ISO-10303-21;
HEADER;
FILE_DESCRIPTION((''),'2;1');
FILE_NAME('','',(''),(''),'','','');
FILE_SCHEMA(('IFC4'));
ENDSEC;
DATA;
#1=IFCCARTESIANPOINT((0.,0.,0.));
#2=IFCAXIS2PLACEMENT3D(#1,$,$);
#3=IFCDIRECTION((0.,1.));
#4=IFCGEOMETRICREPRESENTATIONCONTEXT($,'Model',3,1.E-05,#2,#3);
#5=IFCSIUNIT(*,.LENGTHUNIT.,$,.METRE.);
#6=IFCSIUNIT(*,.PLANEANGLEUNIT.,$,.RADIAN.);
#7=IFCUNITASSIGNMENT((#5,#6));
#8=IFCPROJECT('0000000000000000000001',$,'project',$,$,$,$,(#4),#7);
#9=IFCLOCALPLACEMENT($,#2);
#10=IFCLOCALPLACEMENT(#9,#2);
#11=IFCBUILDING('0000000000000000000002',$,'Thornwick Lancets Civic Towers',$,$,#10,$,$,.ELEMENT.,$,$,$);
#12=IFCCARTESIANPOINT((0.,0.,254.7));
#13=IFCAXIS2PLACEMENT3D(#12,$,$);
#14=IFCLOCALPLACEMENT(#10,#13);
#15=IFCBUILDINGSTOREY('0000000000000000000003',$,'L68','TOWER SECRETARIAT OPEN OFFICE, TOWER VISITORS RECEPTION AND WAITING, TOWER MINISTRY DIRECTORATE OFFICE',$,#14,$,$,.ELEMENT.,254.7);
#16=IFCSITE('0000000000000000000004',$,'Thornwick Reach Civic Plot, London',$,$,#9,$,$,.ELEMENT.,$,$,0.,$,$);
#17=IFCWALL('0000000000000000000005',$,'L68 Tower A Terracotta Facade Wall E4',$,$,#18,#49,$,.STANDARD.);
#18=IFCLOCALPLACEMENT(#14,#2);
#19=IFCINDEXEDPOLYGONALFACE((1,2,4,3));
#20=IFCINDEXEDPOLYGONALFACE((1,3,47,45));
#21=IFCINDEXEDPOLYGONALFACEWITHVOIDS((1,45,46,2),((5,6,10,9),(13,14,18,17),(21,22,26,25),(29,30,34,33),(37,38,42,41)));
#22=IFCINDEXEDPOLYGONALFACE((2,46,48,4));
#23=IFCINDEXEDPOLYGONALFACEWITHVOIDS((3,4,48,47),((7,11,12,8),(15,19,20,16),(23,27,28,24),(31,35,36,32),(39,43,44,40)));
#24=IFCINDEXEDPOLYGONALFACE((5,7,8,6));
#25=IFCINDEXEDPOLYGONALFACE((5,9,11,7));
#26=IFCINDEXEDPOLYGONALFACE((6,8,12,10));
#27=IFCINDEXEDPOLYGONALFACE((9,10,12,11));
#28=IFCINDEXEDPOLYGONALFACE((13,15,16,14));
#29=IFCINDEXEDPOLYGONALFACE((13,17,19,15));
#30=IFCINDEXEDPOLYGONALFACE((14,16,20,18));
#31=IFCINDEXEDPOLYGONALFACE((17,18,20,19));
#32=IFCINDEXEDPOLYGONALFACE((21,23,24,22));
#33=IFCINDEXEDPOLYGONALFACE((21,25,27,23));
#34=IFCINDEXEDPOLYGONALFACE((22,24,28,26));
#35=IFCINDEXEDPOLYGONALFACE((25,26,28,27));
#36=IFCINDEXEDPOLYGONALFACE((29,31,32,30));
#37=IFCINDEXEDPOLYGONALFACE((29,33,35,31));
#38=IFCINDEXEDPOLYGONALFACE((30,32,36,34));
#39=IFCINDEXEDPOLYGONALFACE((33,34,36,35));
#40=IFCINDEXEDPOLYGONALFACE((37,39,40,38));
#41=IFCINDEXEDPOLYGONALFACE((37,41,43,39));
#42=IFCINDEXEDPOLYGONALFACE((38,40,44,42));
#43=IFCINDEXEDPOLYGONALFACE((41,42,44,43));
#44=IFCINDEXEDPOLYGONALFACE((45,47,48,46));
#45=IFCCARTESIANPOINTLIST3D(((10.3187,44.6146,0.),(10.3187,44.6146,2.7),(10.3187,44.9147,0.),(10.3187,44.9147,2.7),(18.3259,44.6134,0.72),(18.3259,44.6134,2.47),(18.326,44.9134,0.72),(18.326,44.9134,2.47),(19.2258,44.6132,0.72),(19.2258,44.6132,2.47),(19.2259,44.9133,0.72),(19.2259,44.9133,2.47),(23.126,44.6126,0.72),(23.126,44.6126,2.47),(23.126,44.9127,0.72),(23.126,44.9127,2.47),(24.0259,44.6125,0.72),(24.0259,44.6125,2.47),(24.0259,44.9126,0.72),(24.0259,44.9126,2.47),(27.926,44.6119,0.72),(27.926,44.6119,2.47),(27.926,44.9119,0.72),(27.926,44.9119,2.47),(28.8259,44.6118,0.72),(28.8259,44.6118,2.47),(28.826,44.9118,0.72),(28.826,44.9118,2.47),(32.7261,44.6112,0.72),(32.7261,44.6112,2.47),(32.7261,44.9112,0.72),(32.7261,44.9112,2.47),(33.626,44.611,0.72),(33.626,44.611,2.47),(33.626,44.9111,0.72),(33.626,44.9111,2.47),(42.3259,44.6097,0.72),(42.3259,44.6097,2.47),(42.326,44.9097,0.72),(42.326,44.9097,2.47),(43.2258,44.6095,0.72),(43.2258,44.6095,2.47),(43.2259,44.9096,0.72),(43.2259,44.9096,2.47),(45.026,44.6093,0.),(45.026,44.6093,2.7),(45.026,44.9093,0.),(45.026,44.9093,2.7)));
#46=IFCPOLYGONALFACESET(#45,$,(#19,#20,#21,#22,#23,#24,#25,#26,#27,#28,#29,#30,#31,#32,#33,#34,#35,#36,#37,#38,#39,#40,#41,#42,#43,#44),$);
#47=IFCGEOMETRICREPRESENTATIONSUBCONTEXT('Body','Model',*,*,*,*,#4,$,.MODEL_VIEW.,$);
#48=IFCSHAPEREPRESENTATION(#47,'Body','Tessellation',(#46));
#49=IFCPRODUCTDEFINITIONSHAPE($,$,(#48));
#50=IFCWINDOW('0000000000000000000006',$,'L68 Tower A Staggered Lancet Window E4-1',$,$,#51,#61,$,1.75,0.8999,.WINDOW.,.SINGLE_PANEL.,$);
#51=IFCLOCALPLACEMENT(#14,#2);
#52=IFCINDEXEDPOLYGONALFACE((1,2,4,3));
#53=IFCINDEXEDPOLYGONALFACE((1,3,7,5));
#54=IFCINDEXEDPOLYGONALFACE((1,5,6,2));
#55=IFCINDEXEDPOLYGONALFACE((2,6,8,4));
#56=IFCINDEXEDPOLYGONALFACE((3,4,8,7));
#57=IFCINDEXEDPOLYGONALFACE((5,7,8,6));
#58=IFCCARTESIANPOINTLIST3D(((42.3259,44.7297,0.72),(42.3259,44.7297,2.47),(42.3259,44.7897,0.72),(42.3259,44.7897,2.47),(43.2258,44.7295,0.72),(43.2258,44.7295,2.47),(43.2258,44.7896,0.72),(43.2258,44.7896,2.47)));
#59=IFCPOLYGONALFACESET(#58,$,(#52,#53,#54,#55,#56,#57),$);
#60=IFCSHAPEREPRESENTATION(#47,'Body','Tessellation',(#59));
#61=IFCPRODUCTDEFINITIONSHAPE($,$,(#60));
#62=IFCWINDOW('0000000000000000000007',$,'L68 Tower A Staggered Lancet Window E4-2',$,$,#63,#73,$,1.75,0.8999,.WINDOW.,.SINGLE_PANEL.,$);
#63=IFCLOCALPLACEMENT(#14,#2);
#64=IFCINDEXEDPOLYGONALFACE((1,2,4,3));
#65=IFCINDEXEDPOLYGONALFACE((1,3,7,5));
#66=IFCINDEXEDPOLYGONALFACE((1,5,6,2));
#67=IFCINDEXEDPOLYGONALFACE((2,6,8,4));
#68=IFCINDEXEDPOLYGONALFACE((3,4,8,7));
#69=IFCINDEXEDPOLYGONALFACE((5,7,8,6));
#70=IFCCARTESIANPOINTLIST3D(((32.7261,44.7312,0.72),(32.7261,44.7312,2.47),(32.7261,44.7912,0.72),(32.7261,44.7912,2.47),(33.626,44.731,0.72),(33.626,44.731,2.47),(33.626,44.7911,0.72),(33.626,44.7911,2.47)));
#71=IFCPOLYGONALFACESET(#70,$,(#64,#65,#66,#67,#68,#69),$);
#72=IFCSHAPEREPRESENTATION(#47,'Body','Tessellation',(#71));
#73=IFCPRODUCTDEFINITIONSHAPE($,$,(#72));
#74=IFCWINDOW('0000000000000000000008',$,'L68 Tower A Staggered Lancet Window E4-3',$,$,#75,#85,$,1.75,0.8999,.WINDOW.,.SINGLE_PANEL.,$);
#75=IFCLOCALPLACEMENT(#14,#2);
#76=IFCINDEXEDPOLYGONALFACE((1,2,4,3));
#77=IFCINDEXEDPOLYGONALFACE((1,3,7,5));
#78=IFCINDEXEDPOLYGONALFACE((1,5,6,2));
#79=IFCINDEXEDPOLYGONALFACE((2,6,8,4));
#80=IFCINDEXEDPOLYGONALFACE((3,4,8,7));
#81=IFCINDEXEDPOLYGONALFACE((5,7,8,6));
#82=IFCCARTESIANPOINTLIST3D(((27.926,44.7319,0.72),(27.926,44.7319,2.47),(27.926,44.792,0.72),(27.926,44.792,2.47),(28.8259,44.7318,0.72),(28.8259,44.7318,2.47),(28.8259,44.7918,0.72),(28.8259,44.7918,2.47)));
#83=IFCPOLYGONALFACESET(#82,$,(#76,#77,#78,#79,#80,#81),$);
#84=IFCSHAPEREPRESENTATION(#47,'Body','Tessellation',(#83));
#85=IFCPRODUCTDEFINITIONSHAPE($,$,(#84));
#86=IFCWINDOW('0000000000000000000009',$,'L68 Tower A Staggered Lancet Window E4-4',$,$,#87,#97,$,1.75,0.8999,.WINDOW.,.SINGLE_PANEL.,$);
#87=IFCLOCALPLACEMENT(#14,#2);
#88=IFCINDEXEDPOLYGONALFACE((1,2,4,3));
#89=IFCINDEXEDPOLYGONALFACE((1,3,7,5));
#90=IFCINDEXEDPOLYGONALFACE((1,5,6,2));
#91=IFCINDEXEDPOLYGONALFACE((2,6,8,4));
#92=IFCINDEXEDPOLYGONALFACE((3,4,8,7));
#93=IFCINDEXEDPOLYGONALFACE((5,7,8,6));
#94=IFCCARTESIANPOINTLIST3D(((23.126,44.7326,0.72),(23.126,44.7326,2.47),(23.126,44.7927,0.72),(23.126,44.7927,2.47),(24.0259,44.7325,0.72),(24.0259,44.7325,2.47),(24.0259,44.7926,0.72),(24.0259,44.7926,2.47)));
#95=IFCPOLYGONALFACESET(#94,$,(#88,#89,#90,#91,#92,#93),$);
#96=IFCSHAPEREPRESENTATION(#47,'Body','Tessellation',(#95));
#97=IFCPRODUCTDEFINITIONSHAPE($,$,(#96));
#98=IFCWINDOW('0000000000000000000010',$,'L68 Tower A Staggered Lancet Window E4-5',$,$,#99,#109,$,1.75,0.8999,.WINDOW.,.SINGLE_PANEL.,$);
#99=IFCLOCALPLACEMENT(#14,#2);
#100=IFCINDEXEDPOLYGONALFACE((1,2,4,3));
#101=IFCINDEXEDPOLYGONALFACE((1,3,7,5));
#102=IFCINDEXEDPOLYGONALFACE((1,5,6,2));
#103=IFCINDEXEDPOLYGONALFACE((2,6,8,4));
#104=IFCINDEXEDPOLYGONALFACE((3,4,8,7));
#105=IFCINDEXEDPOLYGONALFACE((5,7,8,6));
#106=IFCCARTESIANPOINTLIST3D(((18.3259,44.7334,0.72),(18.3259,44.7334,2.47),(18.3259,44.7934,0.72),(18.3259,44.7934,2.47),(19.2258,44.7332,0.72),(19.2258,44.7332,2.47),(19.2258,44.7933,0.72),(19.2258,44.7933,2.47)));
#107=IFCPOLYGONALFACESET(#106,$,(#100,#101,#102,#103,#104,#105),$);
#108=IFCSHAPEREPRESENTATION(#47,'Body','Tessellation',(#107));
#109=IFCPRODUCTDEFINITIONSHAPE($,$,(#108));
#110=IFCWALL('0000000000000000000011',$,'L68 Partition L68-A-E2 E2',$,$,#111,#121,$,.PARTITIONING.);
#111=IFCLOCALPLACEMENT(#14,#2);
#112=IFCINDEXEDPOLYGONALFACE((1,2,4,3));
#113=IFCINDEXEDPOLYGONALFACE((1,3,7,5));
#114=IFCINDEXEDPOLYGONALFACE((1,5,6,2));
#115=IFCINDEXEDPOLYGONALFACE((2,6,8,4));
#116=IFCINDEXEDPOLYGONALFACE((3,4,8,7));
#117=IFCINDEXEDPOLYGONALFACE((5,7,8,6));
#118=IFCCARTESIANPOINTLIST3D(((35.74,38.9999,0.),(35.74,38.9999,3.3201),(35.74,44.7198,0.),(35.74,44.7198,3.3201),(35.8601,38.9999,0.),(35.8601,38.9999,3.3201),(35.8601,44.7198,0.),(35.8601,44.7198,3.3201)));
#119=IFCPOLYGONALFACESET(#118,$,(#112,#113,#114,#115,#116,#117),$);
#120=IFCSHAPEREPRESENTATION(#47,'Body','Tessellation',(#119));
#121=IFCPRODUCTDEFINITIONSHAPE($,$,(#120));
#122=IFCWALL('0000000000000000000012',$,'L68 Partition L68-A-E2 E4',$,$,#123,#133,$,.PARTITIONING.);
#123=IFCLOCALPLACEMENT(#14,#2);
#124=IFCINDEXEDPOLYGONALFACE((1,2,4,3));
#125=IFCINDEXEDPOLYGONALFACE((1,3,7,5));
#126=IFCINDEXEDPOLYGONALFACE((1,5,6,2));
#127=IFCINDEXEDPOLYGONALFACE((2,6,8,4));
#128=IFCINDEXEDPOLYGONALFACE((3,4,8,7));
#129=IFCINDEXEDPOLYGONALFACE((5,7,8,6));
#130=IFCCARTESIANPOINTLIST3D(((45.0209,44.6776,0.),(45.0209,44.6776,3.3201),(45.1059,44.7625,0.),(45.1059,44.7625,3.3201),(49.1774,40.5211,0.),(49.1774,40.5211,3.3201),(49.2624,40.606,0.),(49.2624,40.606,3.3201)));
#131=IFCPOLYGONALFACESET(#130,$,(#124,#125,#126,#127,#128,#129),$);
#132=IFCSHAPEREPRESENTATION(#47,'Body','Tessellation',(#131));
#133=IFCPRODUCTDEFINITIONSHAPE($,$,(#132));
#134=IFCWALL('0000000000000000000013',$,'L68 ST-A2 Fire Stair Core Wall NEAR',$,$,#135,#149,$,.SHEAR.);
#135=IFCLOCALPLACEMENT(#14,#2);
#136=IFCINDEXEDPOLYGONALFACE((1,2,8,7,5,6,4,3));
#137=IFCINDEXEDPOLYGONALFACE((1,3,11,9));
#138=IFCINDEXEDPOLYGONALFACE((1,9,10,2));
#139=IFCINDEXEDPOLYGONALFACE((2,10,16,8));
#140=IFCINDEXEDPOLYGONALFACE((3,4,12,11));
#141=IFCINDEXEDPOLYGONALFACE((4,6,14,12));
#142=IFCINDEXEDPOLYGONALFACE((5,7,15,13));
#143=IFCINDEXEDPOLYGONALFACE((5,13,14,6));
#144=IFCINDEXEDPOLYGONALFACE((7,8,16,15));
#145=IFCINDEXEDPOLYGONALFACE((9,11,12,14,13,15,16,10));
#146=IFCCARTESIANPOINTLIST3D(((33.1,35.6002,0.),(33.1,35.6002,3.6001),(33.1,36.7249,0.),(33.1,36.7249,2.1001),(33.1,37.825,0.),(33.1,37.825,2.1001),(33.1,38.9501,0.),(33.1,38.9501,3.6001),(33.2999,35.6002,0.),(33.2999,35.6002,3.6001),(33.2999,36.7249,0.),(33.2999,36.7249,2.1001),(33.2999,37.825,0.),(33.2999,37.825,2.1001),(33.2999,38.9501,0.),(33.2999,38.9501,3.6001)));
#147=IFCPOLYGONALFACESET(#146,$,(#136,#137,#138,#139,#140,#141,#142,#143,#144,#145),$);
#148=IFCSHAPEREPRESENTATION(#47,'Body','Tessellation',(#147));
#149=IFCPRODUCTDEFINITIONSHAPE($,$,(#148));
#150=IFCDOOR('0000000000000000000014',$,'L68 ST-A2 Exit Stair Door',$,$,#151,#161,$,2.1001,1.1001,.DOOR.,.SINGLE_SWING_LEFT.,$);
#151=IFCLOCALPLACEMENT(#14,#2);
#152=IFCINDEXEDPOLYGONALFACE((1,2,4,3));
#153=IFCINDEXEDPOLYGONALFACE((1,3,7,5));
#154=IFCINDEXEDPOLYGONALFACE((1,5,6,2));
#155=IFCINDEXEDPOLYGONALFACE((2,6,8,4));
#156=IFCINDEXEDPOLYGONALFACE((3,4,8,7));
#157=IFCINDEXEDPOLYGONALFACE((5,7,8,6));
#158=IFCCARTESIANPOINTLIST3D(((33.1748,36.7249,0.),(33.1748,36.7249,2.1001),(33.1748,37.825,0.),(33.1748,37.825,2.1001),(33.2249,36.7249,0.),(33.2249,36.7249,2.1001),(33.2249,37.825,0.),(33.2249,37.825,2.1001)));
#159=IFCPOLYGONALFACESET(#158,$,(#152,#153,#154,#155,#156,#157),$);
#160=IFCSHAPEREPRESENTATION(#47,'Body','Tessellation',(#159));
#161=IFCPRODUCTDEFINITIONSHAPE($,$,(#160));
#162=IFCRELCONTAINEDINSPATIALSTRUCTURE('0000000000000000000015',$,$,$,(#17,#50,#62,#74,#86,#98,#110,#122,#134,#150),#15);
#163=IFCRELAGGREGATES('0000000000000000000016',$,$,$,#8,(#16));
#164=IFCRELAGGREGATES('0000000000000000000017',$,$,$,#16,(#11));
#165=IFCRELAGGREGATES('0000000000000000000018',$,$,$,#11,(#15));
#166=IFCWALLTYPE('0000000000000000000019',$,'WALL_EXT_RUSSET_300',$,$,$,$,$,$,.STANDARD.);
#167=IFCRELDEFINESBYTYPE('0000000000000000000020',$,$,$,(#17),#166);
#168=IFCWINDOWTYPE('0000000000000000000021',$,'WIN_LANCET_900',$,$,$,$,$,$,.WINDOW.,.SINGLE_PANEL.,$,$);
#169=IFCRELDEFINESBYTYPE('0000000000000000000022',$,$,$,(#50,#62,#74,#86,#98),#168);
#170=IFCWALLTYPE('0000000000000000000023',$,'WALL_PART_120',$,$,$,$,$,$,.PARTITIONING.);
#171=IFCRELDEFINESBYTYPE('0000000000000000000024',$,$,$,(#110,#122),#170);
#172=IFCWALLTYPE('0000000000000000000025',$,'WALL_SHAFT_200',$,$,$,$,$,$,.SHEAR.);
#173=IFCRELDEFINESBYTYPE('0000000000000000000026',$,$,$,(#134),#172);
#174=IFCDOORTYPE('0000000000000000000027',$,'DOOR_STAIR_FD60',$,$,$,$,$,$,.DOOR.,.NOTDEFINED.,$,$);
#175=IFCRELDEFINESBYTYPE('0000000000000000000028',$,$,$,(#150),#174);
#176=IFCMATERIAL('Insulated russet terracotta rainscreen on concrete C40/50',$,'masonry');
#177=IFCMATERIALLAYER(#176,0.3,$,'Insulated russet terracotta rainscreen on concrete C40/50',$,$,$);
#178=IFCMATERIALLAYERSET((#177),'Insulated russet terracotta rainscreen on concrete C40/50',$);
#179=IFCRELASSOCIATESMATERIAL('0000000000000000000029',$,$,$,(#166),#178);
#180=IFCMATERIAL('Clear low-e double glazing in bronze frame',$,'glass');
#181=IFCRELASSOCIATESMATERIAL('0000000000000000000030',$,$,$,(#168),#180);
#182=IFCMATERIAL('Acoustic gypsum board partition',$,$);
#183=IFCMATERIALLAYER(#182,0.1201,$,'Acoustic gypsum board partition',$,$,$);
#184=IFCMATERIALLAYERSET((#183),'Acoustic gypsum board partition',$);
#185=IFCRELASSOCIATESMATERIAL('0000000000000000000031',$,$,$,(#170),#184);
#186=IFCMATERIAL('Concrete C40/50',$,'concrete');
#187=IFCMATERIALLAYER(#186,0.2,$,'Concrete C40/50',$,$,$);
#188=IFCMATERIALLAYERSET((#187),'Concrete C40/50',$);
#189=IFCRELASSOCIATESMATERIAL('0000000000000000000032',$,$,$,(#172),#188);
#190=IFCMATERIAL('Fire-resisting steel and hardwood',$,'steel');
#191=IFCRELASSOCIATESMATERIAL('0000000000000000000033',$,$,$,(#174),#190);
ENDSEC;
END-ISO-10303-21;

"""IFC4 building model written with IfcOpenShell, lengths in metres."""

from ifc_helpers import new_model, si_unit, direction, frame, frame_2d, origin, place, context, subcontext, project, spatial, rectangle, extrude, material, layer, layer_set, type_object, element, fill, save


model = new_model("IFC4")

# Units and contexts
model_context = context("Model", 3, precision=1e-05, world=origin(), true_north=direction((0.0, 1.0)))
body_context = subcontext(model_context, "Body", "Model", "MODEL_VIEW")
ifc_project = project(units=[si_unit("LENGTHUNIT", "METRE"), si_unit("PLANEANGLEUNIT", "RADIAN")], contexts=[model_context])

# Site, building, storey
site_placement = place(None, origin())
site = spatial("IfcSite", under=ifc_project, at=site_placement, Name="Thornwick Reach Civic Plot, London", CompositionType="ELEMENT", RefElevation=0.0)
building_placement = place(site_placement, origin())
building = spatial("IfcBuilding", under=site, at=building_placement, Name="Thornwick Lancets Civic Towers", CompositionType="ELEMENT")
storey_placement = place(building_placement, frame((0.0, 0.0, 254.7)))
storey = spatial("IfcBuildingStorey", under=building, at=storey_placement, Name="L68", Description="TOWER SECRETARIAT OPEN OFFICE, TOWER VISITORS RECEPTION AND WAITING, TOWER MINISTRY DIRECTORATE OFFICE", CompositionType="ELEMENT", Elevation=254.7)

# Wall, openings, windows
ifc_material_1 = material(Name="Insulated russet terracotta rainscreen on concrete C40/50", Category="masonry")
ifc_layer_1 = layer(ifc_material_1, 0.3, Name="Insulated russet terracotta rainscreen on concrete C40/50")
ifc_layer_set_1 = layer_set([ifc_layer_1], Name="Insulated russet terracotta rainscreen on concrete C40/50")
wall_type_1 = type_object("IfcWallType", Name="WALL_EXT_RUSSET_300", PredefinedType="STANDARD", material=ifc_layer_set_1)
wall_1_placement = place(storey_placement, frame((45.0259, 44.7593, 0.0), z_axis=(0.0, 0.0, 1.0), x_axis=(-1.0, 0.000155, 0.0)))
wall_1 = element("IfcWall", 1, at=wall_1_placement, inside=storey, type_object=wall_type_1, Name="L68 Tower A Terracotta Facade Wall E4", PredefinedType="STANDARD", context=body_context, shape_type="SweptSolid", body=[
    extrude(rectangle(XDim=34.7073, YDim=0.3, at=frame_2d((17.3535, 0.0))), origin(), (0.0, 0.0, 1.0), 2.7),
])
opening_1_placement = place(wall_1_placement, frame((1.8, 0.0, 0.72)))
opening_1 = element("IfcOpeningElement", 2, at=opening_1_placement, cuts=wall_1, PredefinedType="OPENING", context=body_context, shape_type="SweptSolid", body=[
    extrude(rectangle(XDim=0.8999, YDim=1.75, at=frame_2d((0.45, 0.875))), frame((0.0, 0.1602, 0.0), z_axis=(0.0, -1.0, 0.0), x_axis=(1.0, 0.0, 0.0)), (0.0, 0.0, 1.0), 0.3201),
])
opening_2_placement = place(wall_1_placement, frame((11.3999, 0.0, 0.72)))
opening_2 = element("IfcOpeningElement", 3, at=opening_2_placement, cuts=wall_1, PredefinedType="OPENING", context=body_context, shape_type="SweptSolid", body=[
    extrude(rectangle(XDim=0.8999, YDim=1.75, at=frame_2d((0.45, 0.875))), frame((0.0, 0.1602, 0.0), z_axis=(0.0, -1.0, 0.0), x_axis=(1.0, 0.0, 0.0)), (0.0, 0.0, 1.0), 0.3201),
])
opening_3_placement = place(wall_1_placement, frame((16.2, 0.0, 0.72)))
opening_3 = element("IfcOpeningElement", 4, at=opening_3_placement, cuts=wall_1, PredefinedType="OPENING", context=body_context, shape_type="SweptSolid", body=[
    extrude(rectangle(XDim=0.8999, YDim=1.75, at=frame_2d((0.45, 0.875))), frame((0.0, 0.1602, 0.0), z_axis=(0.0, -1.0, 0.0), x_axis=(1.0, 0.0, 0.0)), (0.0, 0.0, 1.0), 0.3201),
])
opening_4_placement = place(wall_1_placement, frame((21.0, 0.0, 0.72)))
opening_4 = element("IfcOpeningElement", 5, at=opening_4_placement, cuts=wall_1, PredefinedType="OPENING", context=body_context, shape_type="SweptSolid", body=[
    extrude(rectangle(XDim=0.8999, YDim=1.75, at=frame_2d((0.45, 0.875))), frame((0.0, 0.1602, 0.0), z_axis=(0.0, -1.0, 0.0), x_axis=(1.0, 0.0, 0.0)), (0.0, 0.0, 1.0), 0.3201),
])
opening_5_placement = place(wall_1_placement, frame((25.8, 0.0, 0.72)))
opening_5 = element("IfcOpeningElement", 6, at=opening_5_placement, cuts=wall_1, PredefinedType="OPENING", context=body_context, shape_type="SweptSolid", body=[
    extrude(rectangle(XDim=0.8999, YDim=1.75, at=frame_2d((0.45, 0.875))), frame((0.0, 0.1602, 0.0), z_axis=(0.0, -1.0, 0.0), x_axis=(1.0, 0.0, 0.0)), (0.0, 0.0, 1.0), 0.3201),
])
ifc_material_2 = material(Name="Clear low-e double glazing in bronze frame", Category="glass")
window_type = type_object("IfcWindowType", Name="WIN_LANCET_900", PartitioningType="SINGLE_PANEL", PredefinedType="WINDOW", material=ifc_material_2)
window_1_placement = place(opening_1_placement, origin())
window_1 = element("IfcWindow", 7, at=window_1_placement, inside=storey, type_object=window_type, Name="L68 Tower A Staggered Lancet Window E4-1", OverallHeight=1.75, OverallWidth=0.8999, PartitioningType="SINGLE_PANEL", PredefinedType="WINDOW", context=body_context, shape_type="SweptSolid", body=[
    extrude(rectangle(XDim=0.8999, YDim=1.75, at=frame_2d((0.45, 0.875))), frame((0.0, 0.03, 0.0), z_axis=(0.0, -1.0, 0.0), x_axis=(1.0, 0.0, 0.0)), (0.0, 0.0, 1.0), 0.0601),
])
fill(opening_1, window_1)
window_2_placement = place(opening_2_placement, origin())
window_2 = element("IfcWindow", 8, at=window_2_placement, inside=storey, type_object=window_type, Name="L68 Tower A Staggered Lancet Window E4-2", OverallHeight=1.75, OverallWidth=0.8999, PartitioningType="SINGLE_PANEL", PredefinedType="WINDOW", context=body_context, shape_type="SweptSolid", body=[
    extrude(rectangle(XDim=0.8999, YDim=1.75, at=frame_2d((0.45, 0.875))), frame((0.0, 0.03, 0.0), z_axis=(0.0, -1.0, 0.0), x_axis=(1.0, 0.0, 0.0)), (0.0, 0.0, 1.0), 0.0601),
])
fill(opening_2, window_2)
window_3_placement = place(opening_3_placement, origin())
window_3 = element("IfcWindow", 9, at=window_3_placement, inside=storey, type_object=window_type, Name="L68 Tower A Staggered Lancet Window E4-3", OverallHeight=1.75, OverallWidth=0.8999, PartitioningType="SINGLE_PANEL", PredefinedType="WINDOW", context=body_context, shape_type="SweptSolid", body=[
    extrude(rectangle(XDim=0.8999, YDim=1.75, at=frame_2d((0.45, 0.875))), frame((0.0, 0.03, 0.0), z_axis=(0.0, -1.0, 0.0), x_axis=(1.0, 0.0, 0.0)), (0.0, 0.0, 1.0), 0.0601),
])
fill(opening_3, window_3)
window_4_placement = place(opening_4_placement, origin())
window_4 = element("IfcWindow", 10, at=window_4_placement, inside=storey, type_object=window_type, Name="L68 Tower A Staggered Lancet Window E4-4", OverallHeight=1.75, OverallWidth=0.8999, PartitioningType="SINGLE_PANEL", PredefinedType="WINDOW", context=body_context, shape_type="SweptSolid", body=[
    extrude(rectangle(XDim=0.8999, YDim=1.75, at=frame_2d((0.45, 0.875))), frame((0.0, 0.03, 0.0), z_axis=(0.0, -1.0, 0.0), x_axis=(1.0, 0.0, 0.0)), (0.0, 0.0, 1.0), 0.0601),
])
fill(opening_4, window_4)
window_5_placement = place(opening_5_placement, origin())
window_5 = element("IfcWindow", 11, at=window_5_placement, inside=storey, type_object=window_type, Name="L68 Tower A Staggered Lancet Window E4-5", OverallHeight=1.75, OverallWidth=0.8999, PartitioningType="SINGLE_PANEL", PredefinedType="WINDOW", context=body_context, shape_type="SweptSolid", body=[
    extrude(rectangle(XDim=0.8999, YDim=1.75, at=frame_2d((0.45, 0.875))), frame((0.0, 0.03, 0.0), z_axis=(0.0, -1.0, 0.0), x_axis=(1.0, 0.0, 0.0)), (0.0, 0.0, 1.0), 0.0601),
])
fill(opening_5, window_5)

# Walls
ifc_material_3 = material(Name="Acoustic gypsum board partition")
ifc_layer_2 = layer(ifc_material_3, 0.1201, Name="Acoustic gypsum board partition")
ifc_layer_set_2 = layer_set([ifc_layer_2], Name="Acoustic gypsum board partition")
wall_type_2 = type_object("IfcWallType", Name="WALL_PART_120", PredefinedType="PARTITIONING", material=ifc_layer_set_2)
wall_2_placement = place(storey_placement, frame((35.8, 39.0, 0.0), z_axis=(0.0, 0.0, 1.0), x_axis=(0.0, 1.0, 0.0)))
element("IfcWall", 12, at=wall_2_placement, inside=storey, type_object=wall_type_2, Name="L68 Partition L68-A-E2 E2", PredefinedType="PARTITIONING", context=body_context, shape_type="SweptSolid", body=[
    extrude(rectangle(XDim=5.72, YDim=0.1201, at=frame_2d((2.8599, 0.0))), origin(), (0.0, 0.0, 1.0), 3.3201),
])
wall_3_placement = place(storey_placement, frame((45.0635, 44.72, 0.0), z_axis=(0.0, 0.0, 1.0), x_axis=(0.707107, -0.707107, 0.0)))
element("IfcWall", 13, at=wall_3_placement, inside=storey, type_object=wall_type_2, Name="L68 Partition L68-A-E2 E4", PredefinedType="PARTITIONING", context=body_context, shape_type="SweptSolid", body=[
    extrude(rectangle(XDim=5.8782, YDim=0.1201, at=frame_2d((2.939, 0.0))), origin(), (0.0, 0.0, 1.0), 3.3201),
])

# Wall, opening, door
ifc_material_4 = material(Name="Concrete C40/50", Category="concrete")
ifc_layer_3 = layer(ifc_material_4, 0.2, Name="Concrete C40/50")
ifc_layer_set_3 = layer_set([ifc_layer_3], Name="Concrete C40/50")
wall_type_3 = type_object("IfcWallType", Name="WALL_SHAFT_200", PredefinedType="SHEAR", material=ifc_layer_set_3)
wall_4_placement = place(storey_placement, frame((33.2, 38.95, 0.0), z_axis=(0.0, 0.0, 1.0), x_axis=(0.0, -1.0, 0.0)))
wall_4 = element("IfcWall", 14, at=wall_4_placement, inside=storey, type_object=wall_type_3, Name="L68 ST-A2 Fire Stair Core Wall NEAR", PredefinedType="SHEAR", context=body_context, shape_type="SweptSolid", body=[
    extrude(rectangle(XDim=3.3499, YDim=0.2, at=frame_2d((1.6748, 0.0))), origin(), (0.0, 0.0, 1.0), 3.6001),
])
opening_6_placement = place(wall_4_placement, frame((1.125, 0.0, 0.0)))
opening_6 = element("IfcOpeningElement", 15, at=opening_6_placement, cuts=wall_4, PredefinedType="OPENING", context=body_context, shape_type="SweptSolid", body=[
    extrude(rectangle(XDim=1.1001, YDim=2.1001, at=frame_2d((0.55, 1.05))), frame((0.0, 0.1099, 0.0), z_axis=(0.0, -1.0, 0.0), x_axis=(1.0, 0.0, 0.0)), (0.0, 0.0, 1.0), 0.22),
])
ifc_material_5 = material(Name="Fire-resisting steel and hardwood", Category="steel")
door_type = type_object("IfcDoorType", Name="DOOR_STAIR_FD60", OperationType="NOTDEFINED", PredefinedType="DOOR", material=ifc_material_5)
door_placement = place(opening_6_placement, origin())
door = element("IfcDoor", 16, at=door_placement, inside=storey, type_object=door_type, Name="L68 ST-A2 Exit Stair Door", OperationType="SINGLE_SWING_LEFT", OverallHeight=2.1001, OverallWidth=1.1001, PredefinedType="DOOR", context=body_context, shape_type="SweptSolid", body=[
    extrude(rectangle(XDim=1.1001, YDim=2.1001, at=frame_2d((0.55, 1.05))), frame((0.0, 0.0249, 0.0), z_axis=(0.0, -1.0, 0.0), x_axis=(1.0, 0.0, 0.0)), (0.0, 0.0, 1.0), 0.05),
])
fill(opening_6, door)

save(model, "model.ifc")
